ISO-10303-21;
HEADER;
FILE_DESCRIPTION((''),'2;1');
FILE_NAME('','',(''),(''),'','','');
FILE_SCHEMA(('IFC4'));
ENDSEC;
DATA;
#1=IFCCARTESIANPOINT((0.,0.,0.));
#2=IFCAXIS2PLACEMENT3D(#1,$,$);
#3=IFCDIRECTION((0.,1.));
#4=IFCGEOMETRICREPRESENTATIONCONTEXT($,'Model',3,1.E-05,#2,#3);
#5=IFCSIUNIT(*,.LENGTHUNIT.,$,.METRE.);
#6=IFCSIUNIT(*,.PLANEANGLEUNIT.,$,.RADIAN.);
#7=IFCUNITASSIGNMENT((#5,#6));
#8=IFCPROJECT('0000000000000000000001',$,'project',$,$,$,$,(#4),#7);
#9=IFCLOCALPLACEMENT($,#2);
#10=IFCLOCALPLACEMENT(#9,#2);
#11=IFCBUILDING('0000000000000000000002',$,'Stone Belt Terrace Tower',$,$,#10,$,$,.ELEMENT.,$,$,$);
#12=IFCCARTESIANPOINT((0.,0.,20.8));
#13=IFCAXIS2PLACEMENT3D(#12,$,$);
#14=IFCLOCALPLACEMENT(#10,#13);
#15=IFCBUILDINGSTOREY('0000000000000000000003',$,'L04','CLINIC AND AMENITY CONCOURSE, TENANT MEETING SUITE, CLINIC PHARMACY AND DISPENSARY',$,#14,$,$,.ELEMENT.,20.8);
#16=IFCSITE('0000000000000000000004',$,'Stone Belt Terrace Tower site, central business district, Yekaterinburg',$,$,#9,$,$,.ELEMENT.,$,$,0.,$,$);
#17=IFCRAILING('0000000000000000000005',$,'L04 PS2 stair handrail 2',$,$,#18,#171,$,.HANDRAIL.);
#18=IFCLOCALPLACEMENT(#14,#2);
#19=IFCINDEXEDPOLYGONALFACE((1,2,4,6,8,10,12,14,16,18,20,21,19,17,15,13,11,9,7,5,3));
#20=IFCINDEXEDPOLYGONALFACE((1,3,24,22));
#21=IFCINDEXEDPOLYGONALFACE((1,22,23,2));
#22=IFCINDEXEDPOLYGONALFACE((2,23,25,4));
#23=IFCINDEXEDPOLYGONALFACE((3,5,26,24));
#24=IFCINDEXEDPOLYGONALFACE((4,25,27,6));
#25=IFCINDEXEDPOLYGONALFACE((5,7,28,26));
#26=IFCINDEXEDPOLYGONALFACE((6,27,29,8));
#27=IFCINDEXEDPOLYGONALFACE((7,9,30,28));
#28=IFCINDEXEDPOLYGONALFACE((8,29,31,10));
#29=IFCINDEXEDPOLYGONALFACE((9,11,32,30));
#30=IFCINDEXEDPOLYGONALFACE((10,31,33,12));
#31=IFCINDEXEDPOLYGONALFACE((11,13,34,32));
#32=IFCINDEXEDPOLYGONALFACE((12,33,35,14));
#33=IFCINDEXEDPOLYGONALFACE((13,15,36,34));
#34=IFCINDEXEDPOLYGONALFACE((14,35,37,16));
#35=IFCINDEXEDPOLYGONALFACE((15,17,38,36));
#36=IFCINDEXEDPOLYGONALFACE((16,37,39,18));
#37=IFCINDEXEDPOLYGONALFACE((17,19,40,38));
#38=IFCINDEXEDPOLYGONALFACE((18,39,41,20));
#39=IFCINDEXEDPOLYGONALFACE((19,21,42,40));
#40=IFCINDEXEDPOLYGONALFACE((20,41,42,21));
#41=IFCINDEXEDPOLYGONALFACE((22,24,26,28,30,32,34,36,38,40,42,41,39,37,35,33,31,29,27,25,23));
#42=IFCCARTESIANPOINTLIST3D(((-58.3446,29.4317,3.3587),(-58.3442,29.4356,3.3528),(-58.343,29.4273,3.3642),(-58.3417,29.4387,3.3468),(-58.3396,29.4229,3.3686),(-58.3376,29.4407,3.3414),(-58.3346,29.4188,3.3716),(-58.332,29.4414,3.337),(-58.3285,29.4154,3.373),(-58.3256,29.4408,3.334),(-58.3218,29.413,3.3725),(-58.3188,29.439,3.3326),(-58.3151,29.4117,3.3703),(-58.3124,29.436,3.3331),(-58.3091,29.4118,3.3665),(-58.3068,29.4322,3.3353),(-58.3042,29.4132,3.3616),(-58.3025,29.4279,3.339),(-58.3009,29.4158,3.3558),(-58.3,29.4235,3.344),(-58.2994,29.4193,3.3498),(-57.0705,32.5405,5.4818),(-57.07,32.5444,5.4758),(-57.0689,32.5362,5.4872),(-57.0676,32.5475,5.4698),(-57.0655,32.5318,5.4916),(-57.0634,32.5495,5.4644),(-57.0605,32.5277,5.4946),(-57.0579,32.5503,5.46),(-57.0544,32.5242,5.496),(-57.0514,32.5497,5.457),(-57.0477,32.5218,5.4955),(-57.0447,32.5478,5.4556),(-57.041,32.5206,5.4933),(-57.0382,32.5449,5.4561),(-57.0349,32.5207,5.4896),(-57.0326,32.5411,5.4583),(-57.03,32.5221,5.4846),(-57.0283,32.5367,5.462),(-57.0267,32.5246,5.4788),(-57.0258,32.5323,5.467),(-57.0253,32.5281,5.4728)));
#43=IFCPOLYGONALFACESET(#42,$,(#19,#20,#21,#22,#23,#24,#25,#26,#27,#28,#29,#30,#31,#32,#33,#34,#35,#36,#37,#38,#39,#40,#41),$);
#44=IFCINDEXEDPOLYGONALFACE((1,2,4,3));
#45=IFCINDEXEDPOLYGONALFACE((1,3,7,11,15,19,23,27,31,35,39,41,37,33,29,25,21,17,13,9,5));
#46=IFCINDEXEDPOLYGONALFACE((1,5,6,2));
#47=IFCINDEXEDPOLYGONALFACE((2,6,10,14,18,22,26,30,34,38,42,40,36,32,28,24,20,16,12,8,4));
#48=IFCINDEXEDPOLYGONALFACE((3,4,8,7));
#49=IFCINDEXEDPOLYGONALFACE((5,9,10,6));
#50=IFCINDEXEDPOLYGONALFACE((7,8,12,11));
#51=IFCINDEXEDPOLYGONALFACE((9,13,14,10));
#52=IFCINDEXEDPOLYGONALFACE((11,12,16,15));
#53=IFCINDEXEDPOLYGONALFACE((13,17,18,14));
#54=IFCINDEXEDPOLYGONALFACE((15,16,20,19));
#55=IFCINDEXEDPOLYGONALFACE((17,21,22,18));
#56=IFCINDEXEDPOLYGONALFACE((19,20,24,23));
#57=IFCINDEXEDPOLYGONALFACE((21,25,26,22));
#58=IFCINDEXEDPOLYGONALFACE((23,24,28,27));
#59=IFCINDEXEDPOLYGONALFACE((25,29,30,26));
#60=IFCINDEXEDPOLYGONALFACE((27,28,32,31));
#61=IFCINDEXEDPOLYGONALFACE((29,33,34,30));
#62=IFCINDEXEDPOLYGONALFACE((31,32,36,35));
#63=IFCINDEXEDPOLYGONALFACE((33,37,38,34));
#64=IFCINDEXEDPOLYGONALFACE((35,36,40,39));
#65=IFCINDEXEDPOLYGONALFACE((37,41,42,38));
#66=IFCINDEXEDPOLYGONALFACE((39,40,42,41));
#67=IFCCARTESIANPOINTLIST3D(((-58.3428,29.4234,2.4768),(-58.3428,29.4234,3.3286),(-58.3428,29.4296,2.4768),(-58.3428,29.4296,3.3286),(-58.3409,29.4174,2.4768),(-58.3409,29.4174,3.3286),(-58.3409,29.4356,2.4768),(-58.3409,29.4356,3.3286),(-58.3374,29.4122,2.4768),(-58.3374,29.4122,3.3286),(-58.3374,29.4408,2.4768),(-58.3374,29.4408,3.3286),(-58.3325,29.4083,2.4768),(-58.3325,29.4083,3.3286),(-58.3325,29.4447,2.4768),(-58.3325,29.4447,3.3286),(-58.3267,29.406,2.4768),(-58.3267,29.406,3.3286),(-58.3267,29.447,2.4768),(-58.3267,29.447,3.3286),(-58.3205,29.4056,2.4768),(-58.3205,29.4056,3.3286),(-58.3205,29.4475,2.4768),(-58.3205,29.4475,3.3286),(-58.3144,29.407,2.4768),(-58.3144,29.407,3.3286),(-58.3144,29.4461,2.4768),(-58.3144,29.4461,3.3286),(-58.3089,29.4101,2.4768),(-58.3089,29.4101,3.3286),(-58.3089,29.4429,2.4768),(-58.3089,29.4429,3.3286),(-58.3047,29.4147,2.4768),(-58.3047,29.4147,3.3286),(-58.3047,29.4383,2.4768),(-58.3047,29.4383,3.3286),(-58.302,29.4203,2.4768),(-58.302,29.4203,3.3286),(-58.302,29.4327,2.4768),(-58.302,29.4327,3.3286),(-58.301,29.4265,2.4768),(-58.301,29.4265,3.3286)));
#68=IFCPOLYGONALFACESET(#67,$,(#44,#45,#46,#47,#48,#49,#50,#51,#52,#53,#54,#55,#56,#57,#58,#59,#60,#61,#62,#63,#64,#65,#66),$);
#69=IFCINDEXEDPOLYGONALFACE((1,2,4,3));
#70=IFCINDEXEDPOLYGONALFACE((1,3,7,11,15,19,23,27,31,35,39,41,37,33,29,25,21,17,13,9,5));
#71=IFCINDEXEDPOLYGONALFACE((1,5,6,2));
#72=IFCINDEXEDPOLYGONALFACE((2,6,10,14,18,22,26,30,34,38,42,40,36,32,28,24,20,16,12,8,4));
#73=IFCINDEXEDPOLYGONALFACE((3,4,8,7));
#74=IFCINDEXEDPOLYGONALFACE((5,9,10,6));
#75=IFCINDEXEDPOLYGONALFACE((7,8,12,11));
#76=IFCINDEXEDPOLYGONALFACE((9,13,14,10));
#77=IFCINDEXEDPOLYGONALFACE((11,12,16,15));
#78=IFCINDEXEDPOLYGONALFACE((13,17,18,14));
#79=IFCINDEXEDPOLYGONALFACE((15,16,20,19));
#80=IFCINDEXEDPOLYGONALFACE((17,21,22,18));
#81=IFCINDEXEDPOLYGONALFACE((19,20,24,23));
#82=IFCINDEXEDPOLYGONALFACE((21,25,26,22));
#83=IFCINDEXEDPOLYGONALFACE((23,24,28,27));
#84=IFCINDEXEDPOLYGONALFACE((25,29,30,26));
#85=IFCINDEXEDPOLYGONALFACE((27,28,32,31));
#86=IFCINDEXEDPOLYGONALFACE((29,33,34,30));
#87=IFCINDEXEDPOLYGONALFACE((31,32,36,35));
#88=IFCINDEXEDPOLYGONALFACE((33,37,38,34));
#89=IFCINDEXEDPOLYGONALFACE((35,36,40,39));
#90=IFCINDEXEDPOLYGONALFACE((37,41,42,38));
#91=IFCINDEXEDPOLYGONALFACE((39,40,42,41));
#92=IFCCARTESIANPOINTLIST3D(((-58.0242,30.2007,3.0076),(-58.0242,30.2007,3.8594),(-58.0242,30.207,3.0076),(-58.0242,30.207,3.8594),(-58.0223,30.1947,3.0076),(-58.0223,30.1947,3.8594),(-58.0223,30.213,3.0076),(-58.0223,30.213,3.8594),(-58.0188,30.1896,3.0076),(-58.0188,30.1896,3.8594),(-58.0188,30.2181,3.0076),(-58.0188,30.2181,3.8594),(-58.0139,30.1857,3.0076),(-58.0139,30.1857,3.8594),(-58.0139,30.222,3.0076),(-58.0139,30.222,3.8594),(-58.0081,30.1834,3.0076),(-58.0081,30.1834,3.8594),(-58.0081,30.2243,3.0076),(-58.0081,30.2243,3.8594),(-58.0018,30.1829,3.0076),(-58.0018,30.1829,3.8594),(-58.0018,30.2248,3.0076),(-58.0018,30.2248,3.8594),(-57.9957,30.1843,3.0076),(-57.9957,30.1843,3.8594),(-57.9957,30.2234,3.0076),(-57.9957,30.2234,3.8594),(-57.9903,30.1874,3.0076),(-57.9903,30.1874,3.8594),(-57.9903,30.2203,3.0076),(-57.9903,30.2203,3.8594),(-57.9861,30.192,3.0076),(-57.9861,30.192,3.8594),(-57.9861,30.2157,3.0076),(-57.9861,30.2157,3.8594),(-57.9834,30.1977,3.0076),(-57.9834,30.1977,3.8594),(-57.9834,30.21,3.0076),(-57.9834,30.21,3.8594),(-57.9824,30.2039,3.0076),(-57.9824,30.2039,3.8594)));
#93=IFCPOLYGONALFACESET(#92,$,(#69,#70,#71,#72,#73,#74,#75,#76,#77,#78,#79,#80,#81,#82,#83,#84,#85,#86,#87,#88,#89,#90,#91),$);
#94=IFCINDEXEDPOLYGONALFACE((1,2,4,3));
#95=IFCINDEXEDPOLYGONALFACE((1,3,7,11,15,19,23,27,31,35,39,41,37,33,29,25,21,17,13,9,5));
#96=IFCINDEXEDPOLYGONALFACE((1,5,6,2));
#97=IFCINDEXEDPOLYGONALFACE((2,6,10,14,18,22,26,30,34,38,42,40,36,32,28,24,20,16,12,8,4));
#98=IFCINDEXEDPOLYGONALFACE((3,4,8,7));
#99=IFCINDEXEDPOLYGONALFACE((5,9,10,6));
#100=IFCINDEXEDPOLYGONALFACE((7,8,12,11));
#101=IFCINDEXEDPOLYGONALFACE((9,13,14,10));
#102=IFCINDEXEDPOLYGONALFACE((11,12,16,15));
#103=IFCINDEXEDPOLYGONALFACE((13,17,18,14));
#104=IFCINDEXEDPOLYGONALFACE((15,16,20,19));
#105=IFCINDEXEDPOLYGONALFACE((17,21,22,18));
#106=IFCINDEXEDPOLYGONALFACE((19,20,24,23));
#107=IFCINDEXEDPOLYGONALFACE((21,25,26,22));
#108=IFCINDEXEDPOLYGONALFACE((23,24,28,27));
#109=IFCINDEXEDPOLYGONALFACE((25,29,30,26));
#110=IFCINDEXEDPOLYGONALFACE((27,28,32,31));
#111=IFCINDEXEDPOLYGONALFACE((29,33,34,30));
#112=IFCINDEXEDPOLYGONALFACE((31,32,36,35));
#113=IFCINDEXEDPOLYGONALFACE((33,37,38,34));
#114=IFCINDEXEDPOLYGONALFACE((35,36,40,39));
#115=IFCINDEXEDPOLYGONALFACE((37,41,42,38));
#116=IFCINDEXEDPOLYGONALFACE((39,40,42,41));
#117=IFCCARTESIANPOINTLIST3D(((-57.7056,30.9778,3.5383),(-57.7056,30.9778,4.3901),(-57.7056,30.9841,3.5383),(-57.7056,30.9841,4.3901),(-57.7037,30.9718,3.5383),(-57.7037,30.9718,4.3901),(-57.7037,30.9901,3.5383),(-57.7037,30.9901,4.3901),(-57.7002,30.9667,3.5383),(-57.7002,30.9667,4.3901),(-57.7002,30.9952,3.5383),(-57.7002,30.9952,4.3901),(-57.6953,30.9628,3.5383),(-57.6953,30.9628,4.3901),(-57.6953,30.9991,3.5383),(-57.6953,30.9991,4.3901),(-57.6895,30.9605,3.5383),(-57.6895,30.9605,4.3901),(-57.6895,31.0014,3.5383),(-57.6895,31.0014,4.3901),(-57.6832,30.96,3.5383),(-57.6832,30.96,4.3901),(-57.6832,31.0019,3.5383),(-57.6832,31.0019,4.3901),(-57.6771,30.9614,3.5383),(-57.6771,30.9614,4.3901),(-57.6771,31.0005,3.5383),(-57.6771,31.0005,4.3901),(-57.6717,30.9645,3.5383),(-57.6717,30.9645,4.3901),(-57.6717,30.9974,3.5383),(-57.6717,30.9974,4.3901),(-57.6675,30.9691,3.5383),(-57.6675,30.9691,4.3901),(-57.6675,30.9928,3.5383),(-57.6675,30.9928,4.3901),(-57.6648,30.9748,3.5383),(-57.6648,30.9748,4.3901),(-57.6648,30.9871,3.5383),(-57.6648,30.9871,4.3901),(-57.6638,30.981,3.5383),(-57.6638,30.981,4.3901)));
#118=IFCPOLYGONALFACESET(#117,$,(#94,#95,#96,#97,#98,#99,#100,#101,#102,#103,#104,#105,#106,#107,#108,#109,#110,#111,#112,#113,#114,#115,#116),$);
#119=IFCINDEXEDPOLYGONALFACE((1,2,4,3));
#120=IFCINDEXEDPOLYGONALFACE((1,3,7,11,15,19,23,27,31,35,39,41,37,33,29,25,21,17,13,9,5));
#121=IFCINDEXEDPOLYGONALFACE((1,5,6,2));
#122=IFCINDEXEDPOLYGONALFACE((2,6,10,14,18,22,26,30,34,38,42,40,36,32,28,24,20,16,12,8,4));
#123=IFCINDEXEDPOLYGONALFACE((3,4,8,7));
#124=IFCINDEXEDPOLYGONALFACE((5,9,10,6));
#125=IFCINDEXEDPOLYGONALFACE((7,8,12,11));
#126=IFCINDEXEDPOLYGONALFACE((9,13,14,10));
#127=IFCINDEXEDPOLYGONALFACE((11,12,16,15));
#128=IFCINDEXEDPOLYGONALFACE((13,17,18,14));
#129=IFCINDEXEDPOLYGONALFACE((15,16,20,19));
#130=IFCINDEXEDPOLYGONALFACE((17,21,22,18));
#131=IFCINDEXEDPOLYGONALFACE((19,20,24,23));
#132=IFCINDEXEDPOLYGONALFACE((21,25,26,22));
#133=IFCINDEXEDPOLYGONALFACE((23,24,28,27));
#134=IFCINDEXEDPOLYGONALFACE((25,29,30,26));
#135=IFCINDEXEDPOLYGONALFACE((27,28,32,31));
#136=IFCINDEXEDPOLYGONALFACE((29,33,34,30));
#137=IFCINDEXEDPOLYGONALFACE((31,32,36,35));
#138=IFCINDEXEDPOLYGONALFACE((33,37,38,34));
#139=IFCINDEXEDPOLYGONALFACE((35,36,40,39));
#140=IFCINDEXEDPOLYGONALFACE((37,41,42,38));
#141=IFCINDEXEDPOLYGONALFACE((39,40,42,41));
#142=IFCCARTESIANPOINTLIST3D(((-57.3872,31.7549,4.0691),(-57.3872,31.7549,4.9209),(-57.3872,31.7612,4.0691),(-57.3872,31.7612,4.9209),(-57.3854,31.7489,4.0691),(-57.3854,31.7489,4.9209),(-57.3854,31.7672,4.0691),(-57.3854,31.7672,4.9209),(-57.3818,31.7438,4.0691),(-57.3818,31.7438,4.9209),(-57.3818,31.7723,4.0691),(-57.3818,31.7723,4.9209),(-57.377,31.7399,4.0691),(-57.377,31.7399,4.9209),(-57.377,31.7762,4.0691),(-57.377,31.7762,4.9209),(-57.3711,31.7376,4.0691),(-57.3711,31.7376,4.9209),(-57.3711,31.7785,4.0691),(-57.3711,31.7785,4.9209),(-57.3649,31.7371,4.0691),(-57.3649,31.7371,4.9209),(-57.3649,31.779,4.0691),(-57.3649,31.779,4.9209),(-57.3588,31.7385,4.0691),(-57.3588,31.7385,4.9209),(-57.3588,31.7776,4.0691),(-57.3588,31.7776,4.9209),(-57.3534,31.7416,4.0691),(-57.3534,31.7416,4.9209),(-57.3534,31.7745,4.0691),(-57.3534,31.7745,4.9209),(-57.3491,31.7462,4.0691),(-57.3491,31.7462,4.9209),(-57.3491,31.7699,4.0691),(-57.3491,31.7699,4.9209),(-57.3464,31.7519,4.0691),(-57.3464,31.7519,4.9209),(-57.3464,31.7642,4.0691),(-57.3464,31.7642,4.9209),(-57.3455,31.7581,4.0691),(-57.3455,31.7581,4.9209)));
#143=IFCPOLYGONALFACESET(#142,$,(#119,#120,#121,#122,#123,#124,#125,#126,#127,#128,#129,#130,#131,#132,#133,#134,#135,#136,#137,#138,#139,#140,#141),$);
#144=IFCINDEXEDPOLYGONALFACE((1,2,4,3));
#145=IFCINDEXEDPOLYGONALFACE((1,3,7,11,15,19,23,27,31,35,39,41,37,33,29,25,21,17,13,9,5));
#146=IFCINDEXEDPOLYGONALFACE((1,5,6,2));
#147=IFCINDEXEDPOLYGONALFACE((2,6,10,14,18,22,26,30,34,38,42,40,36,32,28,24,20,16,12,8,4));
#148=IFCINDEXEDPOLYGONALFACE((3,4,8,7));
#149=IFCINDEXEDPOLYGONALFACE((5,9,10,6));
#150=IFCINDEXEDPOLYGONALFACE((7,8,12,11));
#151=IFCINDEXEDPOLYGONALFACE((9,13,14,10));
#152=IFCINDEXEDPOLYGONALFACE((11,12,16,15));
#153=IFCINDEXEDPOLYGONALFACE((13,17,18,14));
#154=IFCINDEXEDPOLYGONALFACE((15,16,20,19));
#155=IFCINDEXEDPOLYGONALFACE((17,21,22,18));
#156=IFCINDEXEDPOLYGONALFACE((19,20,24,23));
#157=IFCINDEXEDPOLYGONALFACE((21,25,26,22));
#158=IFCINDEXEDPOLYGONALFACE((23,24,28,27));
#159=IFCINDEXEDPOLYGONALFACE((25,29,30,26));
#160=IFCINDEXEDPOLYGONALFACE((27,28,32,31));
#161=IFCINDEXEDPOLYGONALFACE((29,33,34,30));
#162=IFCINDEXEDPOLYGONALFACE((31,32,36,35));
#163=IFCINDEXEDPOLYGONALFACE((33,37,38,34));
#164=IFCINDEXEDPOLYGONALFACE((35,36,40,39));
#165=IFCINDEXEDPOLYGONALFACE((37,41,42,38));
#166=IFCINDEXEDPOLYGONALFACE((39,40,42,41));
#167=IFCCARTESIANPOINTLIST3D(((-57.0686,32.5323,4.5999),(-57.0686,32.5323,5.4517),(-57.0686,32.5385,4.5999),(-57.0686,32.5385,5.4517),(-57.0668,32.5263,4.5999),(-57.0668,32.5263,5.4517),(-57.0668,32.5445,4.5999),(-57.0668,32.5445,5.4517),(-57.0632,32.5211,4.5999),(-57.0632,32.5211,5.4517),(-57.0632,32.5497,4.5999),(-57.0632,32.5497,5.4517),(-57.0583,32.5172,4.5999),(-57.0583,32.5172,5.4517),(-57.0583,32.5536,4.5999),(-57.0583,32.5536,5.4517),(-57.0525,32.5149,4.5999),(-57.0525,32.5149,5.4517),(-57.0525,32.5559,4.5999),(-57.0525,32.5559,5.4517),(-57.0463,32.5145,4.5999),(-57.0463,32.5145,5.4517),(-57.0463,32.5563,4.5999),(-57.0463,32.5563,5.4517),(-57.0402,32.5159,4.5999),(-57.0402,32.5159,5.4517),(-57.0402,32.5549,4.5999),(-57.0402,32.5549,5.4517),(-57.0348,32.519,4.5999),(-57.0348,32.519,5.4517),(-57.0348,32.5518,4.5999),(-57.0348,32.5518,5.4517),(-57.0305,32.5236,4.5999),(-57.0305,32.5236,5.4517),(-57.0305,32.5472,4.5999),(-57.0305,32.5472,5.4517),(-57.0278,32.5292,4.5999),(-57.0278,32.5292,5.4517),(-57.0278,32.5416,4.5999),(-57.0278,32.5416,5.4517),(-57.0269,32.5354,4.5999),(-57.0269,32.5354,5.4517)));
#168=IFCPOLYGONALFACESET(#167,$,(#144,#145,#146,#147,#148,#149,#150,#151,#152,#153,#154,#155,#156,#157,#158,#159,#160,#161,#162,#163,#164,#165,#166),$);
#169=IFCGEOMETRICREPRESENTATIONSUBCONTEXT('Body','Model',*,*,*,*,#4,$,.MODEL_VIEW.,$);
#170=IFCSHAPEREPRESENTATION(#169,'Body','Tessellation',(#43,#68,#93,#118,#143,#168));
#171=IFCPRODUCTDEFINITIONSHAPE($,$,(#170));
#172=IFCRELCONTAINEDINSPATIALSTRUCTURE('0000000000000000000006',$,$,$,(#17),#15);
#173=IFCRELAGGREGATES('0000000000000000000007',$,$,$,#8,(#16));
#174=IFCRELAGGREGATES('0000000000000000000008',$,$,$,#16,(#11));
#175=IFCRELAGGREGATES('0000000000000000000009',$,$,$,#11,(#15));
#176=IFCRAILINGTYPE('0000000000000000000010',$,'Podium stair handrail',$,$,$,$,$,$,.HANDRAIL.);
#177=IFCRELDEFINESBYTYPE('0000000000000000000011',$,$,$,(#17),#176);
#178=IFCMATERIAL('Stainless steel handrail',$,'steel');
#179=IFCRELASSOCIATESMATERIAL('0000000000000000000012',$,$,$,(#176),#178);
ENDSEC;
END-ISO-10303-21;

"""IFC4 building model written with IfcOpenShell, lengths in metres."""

from ifc_helpers import new_model, si_unit, direction, frame, origin, origin_2d, place, context, subcontext, project, spatial, circle, extrude, material, type_object, element, save


model = new_model("IFC4")

# Units and contexts
model_context = context("Model", 3, precision=1e-05, world=origin(), true_north=direction((0.0, 1.0)))
body_context = subcontext(model_context, "Body", "Model", "MODEL_VIEW")
ifc_project = project(units=[si_unit("LENGTHUNIT", "METRE"), si_unit("PLANEANGLEUNIT", "RADIAN")], contexts=[model_context])

# Site, building, storey
site_placement = place(None, origin())
site = spatial("IfcSite", under=ifc_project, at=site_placement, Name="Stone Belt Terrace Tower site, central business district, Yekaterinburg", CompositionType="ELEMENT", RefElevation=0.0)
building_placement = place(site_placement, origin())
building = spatial("IfcBuilding", under=site, at=building_placement, Name="Stone Belt Terrace Tower", CompositionType="ELEMENT")
storey_placement = place(building_placement, frame((0.0, 0.0, 20.8)))
storey = spatial("IfcBuildingStorey", under=building, at=storey_placement, Name="L04", Description="CLINIC AND AMENITY CONCOURSE, TENANT MEETING SUITE, CLINIC PHARMACY AND DISPENSARY", CompositionType="ELEMENT", Elevation=20.8)

# Railing
ifc_material_1 = material(Name="Stainless steel handrail", Category="steel")
railing_type_1 = type_object("IfcRailingType", Name="Podium stair handrail", PredefinedType="HANDRAIL", material=ifc_material_1)
railing_1_placement = place(storey_placement, frame((-58.322, 29.4265, 2.4768)))
element("IfcRailing", 1, at=railing_1_placement, inside=storey, type_object=railing_type_1, Name="L04 PS2 stair handrail 2", PredefinedType="HANDRAIL", context=body_context, shape_type="SweptSolid", body=[
    extrude(circle(Radius=0.0239, at=origin_2d()), frame((0.0, 0.0, 0.876), z_axis=(0.320593, 0.782224, 0.534178), x_axis=(-0.925301, 0.379233, 0.0)), (0.0, 0.0, 1.0), 3.9744),
    extrude(circle(Radius=0.021, at=origin_2d()), origin(), (0.0, 0.0, 1.0), 0.8518),
    extrude(circle(Radius=0.021, at=origin_2d()), frame((0.3186, 0.7773, 0.5308)), (0.0, 0.0, 1.0), 0.8518),
    extrude(circle(Radius=0.021, at=origin_2d()), frame((0.6372, 1.5544, 1.0615)), (0.0, 0.0, 1.0), 0.8518),
    extrude(circle(Radius=0.021, at=origin_2d()), frame((0.9556, 2.3315, 1.5923)), (0.0, 0.0, 1.0), 0.8518),
    extrude(circle(Radius=0.021, at=origin_2d()), frame((1.2742, 3.1089, 2.123)), (0.0, 0.0, 1.0), 0.8518),
])

save(model, "model.ifc")
